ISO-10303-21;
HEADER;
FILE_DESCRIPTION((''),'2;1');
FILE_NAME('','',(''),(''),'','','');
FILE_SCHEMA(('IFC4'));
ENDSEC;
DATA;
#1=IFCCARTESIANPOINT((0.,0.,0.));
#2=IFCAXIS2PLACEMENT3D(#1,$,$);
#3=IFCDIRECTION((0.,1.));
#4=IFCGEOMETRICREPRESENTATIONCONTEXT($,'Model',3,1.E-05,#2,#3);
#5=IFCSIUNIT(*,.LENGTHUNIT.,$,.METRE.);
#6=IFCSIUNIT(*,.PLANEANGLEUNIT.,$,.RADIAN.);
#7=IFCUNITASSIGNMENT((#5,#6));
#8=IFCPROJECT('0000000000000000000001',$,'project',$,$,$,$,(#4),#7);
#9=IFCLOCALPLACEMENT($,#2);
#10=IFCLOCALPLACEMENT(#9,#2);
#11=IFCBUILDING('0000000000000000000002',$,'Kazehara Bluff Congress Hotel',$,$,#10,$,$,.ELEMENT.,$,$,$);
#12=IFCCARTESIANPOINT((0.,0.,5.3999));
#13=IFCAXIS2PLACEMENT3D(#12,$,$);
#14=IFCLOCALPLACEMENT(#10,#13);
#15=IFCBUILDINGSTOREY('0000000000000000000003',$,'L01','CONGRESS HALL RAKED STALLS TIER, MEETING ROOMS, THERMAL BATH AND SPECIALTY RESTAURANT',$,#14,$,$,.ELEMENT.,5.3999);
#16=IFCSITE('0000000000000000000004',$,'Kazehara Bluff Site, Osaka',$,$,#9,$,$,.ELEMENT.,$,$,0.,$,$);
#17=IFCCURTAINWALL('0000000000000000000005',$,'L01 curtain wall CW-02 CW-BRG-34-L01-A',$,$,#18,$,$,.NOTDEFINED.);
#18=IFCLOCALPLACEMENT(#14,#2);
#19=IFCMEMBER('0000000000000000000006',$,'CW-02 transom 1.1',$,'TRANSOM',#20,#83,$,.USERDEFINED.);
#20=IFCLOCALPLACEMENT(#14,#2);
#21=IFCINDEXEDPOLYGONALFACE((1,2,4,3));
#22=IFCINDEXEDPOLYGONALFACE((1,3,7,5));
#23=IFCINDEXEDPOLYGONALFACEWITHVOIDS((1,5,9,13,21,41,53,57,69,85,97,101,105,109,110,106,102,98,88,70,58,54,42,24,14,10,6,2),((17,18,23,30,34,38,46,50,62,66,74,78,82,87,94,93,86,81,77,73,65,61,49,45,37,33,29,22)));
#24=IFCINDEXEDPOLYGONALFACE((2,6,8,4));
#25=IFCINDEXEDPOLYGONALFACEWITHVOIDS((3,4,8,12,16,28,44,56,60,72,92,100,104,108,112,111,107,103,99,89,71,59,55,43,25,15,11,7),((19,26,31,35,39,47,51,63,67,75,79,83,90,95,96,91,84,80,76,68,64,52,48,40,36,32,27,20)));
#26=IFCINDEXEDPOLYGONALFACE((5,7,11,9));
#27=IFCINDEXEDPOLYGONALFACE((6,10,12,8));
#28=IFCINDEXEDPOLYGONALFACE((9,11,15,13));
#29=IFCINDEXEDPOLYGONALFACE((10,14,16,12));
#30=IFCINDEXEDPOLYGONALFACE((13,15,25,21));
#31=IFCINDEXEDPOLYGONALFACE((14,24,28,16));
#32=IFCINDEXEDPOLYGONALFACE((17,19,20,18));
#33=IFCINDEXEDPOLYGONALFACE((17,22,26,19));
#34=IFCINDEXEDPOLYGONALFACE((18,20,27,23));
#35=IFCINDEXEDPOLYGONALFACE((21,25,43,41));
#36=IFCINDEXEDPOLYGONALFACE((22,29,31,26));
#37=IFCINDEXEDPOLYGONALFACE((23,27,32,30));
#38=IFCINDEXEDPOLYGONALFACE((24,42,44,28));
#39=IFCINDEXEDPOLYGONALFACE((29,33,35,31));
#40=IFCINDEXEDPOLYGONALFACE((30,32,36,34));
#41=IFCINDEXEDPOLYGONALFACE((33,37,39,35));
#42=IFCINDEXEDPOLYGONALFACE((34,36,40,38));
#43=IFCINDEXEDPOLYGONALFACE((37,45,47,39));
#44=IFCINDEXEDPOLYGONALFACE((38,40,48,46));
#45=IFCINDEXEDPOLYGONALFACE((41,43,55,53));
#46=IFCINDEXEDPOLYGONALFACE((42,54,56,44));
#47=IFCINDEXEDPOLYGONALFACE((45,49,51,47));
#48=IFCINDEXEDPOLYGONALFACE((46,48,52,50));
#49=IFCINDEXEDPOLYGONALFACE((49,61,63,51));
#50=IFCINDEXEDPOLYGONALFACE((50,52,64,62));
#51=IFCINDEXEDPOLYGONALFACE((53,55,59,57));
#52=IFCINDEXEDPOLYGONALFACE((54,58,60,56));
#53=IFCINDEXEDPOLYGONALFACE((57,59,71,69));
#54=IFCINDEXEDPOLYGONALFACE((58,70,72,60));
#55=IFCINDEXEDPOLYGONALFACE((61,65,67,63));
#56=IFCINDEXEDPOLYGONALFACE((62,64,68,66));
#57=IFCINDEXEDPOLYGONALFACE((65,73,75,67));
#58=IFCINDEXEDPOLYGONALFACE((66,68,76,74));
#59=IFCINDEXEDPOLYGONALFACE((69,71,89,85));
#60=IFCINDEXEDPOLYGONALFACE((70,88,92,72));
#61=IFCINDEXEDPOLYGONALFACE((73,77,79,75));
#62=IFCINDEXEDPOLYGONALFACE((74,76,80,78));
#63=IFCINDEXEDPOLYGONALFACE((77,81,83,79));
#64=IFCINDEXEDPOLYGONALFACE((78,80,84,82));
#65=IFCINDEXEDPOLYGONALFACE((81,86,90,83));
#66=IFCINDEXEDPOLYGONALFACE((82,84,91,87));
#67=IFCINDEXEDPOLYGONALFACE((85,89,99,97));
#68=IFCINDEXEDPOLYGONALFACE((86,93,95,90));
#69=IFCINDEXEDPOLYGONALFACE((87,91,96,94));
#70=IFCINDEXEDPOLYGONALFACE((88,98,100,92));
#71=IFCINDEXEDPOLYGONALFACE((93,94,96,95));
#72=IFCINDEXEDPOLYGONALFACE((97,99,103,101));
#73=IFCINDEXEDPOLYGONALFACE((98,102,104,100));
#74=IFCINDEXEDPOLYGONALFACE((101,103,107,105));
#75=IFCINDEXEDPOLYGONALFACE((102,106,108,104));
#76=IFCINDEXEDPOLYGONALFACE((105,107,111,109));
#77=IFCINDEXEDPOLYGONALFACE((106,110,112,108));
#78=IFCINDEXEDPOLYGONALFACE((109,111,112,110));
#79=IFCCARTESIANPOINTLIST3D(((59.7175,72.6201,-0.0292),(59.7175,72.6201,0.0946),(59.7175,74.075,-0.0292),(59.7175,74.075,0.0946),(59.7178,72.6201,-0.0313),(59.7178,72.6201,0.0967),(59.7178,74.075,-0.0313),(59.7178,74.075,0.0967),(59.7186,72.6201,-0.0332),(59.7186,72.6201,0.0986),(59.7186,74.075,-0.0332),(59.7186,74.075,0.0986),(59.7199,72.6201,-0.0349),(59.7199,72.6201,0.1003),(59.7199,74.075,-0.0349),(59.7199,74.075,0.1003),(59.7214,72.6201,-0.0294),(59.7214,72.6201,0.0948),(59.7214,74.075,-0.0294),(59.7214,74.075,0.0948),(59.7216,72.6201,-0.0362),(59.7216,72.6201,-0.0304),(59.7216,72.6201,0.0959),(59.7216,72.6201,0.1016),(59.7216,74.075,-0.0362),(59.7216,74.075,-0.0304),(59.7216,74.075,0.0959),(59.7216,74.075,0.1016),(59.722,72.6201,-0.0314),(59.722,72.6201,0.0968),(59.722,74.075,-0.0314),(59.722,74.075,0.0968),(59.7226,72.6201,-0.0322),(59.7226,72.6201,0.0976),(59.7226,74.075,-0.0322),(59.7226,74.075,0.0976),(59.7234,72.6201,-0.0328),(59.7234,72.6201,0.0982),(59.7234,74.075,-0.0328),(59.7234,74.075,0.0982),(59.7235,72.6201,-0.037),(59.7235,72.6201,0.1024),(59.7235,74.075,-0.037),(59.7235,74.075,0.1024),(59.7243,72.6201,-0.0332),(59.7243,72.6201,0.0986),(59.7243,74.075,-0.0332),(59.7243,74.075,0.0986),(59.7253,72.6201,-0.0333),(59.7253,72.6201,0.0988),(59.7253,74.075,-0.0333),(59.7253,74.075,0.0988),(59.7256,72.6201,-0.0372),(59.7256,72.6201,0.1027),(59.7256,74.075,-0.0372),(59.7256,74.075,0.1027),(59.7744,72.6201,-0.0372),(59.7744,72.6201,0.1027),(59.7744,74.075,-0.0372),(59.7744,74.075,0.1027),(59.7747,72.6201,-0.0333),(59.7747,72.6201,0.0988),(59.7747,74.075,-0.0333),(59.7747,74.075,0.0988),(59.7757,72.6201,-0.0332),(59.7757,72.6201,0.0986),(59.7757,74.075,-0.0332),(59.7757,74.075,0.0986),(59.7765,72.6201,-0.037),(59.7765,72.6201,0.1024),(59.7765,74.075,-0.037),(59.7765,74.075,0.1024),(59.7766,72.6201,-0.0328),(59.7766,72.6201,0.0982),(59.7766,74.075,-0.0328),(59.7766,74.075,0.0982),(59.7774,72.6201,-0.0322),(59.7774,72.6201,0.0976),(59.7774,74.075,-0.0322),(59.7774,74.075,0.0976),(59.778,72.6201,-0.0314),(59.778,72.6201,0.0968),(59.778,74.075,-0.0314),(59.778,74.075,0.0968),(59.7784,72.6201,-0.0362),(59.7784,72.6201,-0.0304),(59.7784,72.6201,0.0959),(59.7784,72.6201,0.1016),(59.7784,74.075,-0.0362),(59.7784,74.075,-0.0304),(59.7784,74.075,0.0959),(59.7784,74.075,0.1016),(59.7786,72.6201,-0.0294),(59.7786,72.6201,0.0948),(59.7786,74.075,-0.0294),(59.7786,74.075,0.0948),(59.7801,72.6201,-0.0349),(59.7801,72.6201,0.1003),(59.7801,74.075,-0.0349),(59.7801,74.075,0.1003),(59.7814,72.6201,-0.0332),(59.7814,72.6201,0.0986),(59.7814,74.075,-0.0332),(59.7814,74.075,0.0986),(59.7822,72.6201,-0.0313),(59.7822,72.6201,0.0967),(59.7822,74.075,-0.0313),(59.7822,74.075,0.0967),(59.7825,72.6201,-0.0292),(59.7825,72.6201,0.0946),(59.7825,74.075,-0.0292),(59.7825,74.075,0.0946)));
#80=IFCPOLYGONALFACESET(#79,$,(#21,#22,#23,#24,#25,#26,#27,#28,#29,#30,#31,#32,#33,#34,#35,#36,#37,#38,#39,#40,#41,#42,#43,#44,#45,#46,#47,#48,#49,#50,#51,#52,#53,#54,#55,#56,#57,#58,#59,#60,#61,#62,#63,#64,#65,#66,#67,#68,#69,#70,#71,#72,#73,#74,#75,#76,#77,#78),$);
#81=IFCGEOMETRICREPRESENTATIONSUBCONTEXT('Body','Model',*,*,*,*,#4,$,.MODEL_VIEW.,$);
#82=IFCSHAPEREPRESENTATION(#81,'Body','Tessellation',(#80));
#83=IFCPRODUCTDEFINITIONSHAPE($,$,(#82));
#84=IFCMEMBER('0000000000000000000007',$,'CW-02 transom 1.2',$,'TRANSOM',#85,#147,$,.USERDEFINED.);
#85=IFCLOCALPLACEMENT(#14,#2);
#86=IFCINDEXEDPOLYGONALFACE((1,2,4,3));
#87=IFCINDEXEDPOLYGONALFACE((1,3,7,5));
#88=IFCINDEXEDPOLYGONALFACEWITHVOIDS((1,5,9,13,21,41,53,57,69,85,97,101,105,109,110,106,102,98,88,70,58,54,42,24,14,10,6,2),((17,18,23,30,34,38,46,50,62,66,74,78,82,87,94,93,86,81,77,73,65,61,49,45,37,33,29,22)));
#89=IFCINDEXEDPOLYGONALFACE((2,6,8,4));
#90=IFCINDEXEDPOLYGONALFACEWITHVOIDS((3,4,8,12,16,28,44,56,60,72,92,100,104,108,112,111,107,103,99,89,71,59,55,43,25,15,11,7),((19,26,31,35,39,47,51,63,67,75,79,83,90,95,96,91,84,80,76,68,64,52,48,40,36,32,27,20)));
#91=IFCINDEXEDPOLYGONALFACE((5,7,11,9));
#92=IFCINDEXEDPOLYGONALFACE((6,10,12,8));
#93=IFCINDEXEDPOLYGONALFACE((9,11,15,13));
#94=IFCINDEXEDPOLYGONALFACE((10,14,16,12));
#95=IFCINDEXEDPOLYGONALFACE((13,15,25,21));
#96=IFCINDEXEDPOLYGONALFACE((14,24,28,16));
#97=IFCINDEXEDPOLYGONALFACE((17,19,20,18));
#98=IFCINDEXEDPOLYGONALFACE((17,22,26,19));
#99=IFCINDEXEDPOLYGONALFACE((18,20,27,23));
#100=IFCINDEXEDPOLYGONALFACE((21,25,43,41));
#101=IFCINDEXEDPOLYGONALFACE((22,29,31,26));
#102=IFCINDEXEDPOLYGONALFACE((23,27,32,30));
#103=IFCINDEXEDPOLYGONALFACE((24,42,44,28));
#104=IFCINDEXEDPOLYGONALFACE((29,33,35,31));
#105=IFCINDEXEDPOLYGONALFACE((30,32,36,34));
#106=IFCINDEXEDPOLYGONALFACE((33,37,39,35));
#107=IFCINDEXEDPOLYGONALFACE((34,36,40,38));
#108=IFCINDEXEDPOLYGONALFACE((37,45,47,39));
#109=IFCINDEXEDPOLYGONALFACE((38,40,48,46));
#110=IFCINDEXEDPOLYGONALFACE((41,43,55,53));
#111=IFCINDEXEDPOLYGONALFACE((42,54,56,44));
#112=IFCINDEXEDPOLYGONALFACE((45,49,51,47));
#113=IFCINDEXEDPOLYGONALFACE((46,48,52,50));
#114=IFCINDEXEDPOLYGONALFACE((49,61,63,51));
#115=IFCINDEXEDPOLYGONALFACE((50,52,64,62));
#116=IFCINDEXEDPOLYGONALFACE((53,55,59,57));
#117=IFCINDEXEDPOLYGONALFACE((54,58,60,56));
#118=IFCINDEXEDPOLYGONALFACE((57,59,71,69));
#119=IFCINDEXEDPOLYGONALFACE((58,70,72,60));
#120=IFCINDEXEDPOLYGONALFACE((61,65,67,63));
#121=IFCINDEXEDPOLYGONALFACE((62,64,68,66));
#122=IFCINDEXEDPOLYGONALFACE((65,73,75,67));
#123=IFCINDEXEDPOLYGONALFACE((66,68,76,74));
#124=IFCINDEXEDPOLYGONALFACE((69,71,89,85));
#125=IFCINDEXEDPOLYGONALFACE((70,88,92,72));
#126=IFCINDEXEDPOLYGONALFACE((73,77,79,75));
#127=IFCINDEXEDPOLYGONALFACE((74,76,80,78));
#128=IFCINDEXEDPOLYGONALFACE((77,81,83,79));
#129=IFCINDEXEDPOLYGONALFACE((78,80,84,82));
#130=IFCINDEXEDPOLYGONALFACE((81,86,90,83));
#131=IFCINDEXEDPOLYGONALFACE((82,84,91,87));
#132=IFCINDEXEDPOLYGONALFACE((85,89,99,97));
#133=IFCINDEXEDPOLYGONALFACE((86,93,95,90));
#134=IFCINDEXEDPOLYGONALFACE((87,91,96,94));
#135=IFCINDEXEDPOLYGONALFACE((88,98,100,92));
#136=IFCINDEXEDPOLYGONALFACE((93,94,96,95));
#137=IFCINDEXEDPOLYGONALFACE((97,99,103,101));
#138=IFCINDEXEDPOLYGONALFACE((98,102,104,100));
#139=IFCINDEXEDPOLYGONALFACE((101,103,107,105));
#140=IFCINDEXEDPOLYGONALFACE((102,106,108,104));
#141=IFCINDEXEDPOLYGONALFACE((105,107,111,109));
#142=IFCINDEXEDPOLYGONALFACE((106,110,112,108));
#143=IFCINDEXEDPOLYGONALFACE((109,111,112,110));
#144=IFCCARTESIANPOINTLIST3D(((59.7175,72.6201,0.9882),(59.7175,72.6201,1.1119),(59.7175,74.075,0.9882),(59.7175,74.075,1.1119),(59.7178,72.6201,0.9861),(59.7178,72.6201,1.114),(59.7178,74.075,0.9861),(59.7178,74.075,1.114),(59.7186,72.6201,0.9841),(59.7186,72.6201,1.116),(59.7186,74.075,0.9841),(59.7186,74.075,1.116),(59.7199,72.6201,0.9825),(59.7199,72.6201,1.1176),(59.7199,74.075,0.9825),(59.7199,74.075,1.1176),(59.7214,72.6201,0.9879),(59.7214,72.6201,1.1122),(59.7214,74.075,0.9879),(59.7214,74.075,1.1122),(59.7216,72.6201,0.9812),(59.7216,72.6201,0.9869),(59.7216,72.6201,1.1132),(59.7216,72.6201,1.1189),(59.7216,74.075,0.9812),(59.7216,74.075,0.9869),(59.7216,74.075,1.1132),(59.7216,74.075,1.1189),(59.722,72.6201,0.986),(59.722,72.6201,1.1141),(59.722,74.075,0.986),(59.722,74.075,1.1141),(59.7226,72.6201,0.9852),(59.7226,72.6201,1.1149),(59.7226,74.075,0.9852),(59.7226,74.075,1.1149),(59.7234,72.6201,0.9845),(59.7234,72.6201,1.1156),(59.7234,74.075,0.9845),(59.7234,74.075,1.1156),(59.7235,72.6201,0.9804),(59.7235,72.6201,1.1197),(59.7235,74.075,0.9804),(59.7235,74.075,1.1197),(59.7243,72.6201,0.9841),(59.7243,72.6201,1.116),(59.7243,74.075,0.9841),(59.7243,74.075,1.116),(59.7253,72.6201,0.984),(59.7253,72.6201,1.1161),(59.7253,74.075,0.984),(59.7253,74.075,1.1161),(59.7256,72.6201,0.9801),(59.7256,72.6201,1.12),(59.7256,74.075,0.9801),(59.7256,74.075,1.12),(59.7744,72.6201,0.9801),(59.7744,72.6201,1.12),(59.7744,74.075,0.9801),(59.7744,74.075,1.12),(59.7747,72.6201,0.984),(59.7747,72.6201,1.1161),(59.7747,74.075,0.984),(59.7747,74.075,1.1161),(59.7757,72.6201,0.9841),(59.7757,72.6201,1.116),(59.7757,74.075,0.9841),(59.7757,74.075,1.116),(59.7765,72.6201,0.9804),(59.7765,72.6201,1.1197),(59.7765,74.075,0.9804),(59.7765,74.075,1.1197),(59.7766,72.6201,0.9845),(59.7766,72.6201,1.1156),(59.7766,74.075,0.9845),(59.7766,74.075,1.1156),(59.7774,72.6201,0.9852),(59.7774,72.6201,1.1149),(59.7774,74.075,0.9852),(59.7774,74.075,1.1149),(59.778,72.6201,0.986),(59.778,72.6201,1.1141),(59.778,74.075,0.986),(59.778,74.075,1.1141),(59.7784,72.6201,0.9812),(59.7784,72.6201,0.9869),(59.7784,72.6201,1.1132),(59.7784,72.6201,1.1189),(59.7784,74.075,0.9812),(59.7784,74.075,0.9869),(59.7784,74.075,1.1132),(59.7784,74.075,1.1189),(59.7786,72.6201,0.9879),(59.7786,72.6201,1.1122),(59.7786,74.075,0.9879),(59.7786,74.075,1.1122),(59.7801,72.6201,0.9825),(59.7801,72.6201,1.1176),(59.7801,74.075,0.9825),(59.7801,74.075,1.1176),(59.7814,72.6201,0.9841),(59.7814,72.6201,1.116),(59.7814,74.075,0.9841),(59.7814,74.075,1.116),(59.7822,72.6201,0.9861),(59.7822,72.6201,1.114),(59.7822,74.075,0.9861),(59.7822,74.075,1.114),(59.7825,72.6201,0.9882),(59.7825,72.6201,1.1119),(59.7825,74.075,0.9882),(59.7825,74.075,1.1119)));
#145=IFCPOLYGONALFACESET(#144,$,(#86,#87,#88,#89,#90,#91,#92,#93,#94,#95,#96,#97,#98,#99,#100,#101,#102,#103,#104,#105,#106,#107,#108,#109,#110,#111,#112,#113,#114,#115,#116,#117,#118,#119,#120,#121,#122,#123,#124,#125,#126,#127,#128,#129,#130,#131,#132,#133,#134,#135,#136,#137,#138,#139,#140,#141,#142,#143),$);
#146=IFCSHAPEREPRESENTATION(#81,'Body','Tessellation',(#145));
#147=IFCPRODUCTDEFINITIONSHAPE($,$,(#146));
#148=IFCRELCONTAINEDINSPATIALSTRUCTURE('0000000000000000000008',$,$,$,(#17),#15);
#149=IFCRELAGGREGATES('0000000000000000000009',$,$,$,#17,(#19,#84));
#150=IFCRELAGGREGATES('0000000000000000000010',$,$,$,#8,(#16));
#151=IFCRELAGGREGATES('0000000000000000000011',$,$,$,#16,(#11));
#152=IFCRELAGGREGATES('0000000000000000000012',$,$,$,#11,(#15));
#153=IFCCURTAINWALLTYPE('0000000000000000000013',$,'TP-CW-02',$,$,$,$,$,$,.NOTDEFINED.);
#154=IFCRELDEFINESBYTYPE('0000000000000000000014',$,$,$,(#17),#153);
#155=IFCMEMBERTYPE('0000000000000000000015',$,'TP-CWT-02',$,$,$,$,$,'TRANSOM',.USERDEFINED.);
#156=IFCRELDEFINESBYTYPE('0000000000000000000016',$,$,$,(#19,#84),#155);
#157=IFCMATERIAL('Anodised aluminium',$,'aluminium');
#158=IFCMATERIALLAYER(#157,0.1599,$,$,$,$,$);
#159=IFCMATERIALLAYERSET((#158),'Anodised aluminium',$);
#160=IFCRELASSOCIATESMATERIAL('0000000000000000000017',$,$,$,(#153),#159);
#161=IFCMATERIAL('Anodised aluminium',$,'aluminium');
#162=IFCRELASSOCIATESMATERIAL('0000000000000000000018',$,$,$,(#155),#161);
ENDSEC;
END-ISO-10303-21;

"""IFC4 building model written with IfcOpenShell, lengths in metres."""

from ifc_helpers import new_model, si_unit, direction, frame, origin, origin_2d, place, context, subcontext, project, spatial, hollow_rectangle, extrude, material, layer, layer_set, material_profile, profile_set, type_object, element, aggregate, save


model = new_model("IFC4")

# Units and contexts
model_context = context("Model", 3, precision=1e-05, world=origin(), true_north=direction((0.0, 1.0)))
body_context = subcontext(model_context, "Body", "Model", "MODEL_VIEW")
ifc_project = project(units=[si_unit("LENGTHUNIT", "METRE"), si_unit("PLANEANGLEUNIT", "RADIAN")], contexts=[model_context])

# Site, building, storey
site_placement = place(None, origin())
site = spatial("IfcSite", under=ifc_project, at=site_placement, Name="Kazehara Bluff Site, Osaka", CompositionType="ELEMENT", RefElevation=0.0)
building_placement = place(site_placement, origin())
building = spatial("IfcBuilding", under=site, at=building_placement, Name="Kazehara Bluff Congress Hotel", CompositionType="ELEMENT")
storey_placement = place(building_placement, frame((0.0, 0.0, 5.3999)))
storey = spatial("IfcBuildingStorey", under=building, at=storey_placement, Name="L01", Description="CONGRESS HALL RAKED STALLS TIER, MEETING ROOMS, THERMAL BATH AND SPECIALTY RESTAURANT", CompositionType="ELEMENT", Elevation=5.3999)

# Curtain wall, members
ifc_material_1 = material(Name="Anodised aluminium", Category="aluminium")
ifc_layer_1 = layer(ifc_material_1, 0.1599)
ifc_layer_set_1 = layer_set([ifc_layer_1], Name="Anodised aluminium")
curtain_wall_type = type_object("IfcCurtainWallType", Name="TP-CW-02", PredefinedType="NOTDEFINED", material=ifc_layer_set_1)
curtain_wall_placement = place(storey_placement, origin())
curtain_wall = element("IfcCurtainWall", 1, at=curtain_wall_placement, inside=storey, type_object=curtain_wall_type, Name="L01 curtain wall CW-02 CW-BRG-34-L01-A", PredefinedType="NOTDEFINED")
ifc_material_2 = material(Name="Anodised aluminium", Category="aluminium")
ifc_material_profile_1 = material_profile(ifc_material_2, hollow_rectangle(XDim=0.0649, YDim=0.1399, WallThickness=0.0039, InnerFilletRadius=0.0039, OuterFilletRadius=0.0081, at=origin_2d()))
ifc_profile_set_1 = profile_set([ifc_material_profile_1], Name="Anodised aluminium")
member_type_1 = type_object("IfcMemberType", Name="TP-CWT-02", ElementType="TRANSOM", PredefinedType="USERDEFINED", material=ifc_profile_set_1)
member_1_placement = place(storey_placement, frame((59.75, 72.6201, 0.0327), z_axis=(0.0, 1.0, 0.0), x_axis=(-1.0, 0.0, 0.0)))
member_1 = element("IfcMember", 2, at=member_1_placement, type_object=member_type_1, Name="CW-02 transom 1.1", ObjectType="TRANSOM", PredefinedType="USERDEFINED", context=body_context, shape_type="SweptSolid", body=[
    extrude(hollow_rectangle(XDim=0.0649, YDim=0.1399, WallThickness=0.0039, InnerFilletRadius=0.0039, OuterFilletRadius=0.0081, at=origin_2d()), origin(), (0.0, 0.0, 1.0), 1.4548),
])
member_2_placement = place(storey_placement, frame((59.75, 72.6201, 1.05), z_axis=(0.0, 1.0, 0.0), x_axis=(-1.0, 0.0, 0.0)))
member_2 = element("IfcMember", 3, at=member_2_placement, type_object=member_type_1, Name="CW-02 transom 1.2", ObjectType="TRANSOM", PredefinedType="USERDEFINED", context=body_context, shape_type="SweptSolid", body=[
    extrude(hollow_rectangle(XDim=0.0649, YDim=0.1399, WallThickness=0.0039, InnerFilletRadius=0.0039, OuterFilletRadius=0.0081, at=origin_2d()), origin(), (0.0, 0.0, 1.0), 1.4548),
])

aggregate(curtain_wall, [member_1, member_2])

save(model, "model.ifc")
